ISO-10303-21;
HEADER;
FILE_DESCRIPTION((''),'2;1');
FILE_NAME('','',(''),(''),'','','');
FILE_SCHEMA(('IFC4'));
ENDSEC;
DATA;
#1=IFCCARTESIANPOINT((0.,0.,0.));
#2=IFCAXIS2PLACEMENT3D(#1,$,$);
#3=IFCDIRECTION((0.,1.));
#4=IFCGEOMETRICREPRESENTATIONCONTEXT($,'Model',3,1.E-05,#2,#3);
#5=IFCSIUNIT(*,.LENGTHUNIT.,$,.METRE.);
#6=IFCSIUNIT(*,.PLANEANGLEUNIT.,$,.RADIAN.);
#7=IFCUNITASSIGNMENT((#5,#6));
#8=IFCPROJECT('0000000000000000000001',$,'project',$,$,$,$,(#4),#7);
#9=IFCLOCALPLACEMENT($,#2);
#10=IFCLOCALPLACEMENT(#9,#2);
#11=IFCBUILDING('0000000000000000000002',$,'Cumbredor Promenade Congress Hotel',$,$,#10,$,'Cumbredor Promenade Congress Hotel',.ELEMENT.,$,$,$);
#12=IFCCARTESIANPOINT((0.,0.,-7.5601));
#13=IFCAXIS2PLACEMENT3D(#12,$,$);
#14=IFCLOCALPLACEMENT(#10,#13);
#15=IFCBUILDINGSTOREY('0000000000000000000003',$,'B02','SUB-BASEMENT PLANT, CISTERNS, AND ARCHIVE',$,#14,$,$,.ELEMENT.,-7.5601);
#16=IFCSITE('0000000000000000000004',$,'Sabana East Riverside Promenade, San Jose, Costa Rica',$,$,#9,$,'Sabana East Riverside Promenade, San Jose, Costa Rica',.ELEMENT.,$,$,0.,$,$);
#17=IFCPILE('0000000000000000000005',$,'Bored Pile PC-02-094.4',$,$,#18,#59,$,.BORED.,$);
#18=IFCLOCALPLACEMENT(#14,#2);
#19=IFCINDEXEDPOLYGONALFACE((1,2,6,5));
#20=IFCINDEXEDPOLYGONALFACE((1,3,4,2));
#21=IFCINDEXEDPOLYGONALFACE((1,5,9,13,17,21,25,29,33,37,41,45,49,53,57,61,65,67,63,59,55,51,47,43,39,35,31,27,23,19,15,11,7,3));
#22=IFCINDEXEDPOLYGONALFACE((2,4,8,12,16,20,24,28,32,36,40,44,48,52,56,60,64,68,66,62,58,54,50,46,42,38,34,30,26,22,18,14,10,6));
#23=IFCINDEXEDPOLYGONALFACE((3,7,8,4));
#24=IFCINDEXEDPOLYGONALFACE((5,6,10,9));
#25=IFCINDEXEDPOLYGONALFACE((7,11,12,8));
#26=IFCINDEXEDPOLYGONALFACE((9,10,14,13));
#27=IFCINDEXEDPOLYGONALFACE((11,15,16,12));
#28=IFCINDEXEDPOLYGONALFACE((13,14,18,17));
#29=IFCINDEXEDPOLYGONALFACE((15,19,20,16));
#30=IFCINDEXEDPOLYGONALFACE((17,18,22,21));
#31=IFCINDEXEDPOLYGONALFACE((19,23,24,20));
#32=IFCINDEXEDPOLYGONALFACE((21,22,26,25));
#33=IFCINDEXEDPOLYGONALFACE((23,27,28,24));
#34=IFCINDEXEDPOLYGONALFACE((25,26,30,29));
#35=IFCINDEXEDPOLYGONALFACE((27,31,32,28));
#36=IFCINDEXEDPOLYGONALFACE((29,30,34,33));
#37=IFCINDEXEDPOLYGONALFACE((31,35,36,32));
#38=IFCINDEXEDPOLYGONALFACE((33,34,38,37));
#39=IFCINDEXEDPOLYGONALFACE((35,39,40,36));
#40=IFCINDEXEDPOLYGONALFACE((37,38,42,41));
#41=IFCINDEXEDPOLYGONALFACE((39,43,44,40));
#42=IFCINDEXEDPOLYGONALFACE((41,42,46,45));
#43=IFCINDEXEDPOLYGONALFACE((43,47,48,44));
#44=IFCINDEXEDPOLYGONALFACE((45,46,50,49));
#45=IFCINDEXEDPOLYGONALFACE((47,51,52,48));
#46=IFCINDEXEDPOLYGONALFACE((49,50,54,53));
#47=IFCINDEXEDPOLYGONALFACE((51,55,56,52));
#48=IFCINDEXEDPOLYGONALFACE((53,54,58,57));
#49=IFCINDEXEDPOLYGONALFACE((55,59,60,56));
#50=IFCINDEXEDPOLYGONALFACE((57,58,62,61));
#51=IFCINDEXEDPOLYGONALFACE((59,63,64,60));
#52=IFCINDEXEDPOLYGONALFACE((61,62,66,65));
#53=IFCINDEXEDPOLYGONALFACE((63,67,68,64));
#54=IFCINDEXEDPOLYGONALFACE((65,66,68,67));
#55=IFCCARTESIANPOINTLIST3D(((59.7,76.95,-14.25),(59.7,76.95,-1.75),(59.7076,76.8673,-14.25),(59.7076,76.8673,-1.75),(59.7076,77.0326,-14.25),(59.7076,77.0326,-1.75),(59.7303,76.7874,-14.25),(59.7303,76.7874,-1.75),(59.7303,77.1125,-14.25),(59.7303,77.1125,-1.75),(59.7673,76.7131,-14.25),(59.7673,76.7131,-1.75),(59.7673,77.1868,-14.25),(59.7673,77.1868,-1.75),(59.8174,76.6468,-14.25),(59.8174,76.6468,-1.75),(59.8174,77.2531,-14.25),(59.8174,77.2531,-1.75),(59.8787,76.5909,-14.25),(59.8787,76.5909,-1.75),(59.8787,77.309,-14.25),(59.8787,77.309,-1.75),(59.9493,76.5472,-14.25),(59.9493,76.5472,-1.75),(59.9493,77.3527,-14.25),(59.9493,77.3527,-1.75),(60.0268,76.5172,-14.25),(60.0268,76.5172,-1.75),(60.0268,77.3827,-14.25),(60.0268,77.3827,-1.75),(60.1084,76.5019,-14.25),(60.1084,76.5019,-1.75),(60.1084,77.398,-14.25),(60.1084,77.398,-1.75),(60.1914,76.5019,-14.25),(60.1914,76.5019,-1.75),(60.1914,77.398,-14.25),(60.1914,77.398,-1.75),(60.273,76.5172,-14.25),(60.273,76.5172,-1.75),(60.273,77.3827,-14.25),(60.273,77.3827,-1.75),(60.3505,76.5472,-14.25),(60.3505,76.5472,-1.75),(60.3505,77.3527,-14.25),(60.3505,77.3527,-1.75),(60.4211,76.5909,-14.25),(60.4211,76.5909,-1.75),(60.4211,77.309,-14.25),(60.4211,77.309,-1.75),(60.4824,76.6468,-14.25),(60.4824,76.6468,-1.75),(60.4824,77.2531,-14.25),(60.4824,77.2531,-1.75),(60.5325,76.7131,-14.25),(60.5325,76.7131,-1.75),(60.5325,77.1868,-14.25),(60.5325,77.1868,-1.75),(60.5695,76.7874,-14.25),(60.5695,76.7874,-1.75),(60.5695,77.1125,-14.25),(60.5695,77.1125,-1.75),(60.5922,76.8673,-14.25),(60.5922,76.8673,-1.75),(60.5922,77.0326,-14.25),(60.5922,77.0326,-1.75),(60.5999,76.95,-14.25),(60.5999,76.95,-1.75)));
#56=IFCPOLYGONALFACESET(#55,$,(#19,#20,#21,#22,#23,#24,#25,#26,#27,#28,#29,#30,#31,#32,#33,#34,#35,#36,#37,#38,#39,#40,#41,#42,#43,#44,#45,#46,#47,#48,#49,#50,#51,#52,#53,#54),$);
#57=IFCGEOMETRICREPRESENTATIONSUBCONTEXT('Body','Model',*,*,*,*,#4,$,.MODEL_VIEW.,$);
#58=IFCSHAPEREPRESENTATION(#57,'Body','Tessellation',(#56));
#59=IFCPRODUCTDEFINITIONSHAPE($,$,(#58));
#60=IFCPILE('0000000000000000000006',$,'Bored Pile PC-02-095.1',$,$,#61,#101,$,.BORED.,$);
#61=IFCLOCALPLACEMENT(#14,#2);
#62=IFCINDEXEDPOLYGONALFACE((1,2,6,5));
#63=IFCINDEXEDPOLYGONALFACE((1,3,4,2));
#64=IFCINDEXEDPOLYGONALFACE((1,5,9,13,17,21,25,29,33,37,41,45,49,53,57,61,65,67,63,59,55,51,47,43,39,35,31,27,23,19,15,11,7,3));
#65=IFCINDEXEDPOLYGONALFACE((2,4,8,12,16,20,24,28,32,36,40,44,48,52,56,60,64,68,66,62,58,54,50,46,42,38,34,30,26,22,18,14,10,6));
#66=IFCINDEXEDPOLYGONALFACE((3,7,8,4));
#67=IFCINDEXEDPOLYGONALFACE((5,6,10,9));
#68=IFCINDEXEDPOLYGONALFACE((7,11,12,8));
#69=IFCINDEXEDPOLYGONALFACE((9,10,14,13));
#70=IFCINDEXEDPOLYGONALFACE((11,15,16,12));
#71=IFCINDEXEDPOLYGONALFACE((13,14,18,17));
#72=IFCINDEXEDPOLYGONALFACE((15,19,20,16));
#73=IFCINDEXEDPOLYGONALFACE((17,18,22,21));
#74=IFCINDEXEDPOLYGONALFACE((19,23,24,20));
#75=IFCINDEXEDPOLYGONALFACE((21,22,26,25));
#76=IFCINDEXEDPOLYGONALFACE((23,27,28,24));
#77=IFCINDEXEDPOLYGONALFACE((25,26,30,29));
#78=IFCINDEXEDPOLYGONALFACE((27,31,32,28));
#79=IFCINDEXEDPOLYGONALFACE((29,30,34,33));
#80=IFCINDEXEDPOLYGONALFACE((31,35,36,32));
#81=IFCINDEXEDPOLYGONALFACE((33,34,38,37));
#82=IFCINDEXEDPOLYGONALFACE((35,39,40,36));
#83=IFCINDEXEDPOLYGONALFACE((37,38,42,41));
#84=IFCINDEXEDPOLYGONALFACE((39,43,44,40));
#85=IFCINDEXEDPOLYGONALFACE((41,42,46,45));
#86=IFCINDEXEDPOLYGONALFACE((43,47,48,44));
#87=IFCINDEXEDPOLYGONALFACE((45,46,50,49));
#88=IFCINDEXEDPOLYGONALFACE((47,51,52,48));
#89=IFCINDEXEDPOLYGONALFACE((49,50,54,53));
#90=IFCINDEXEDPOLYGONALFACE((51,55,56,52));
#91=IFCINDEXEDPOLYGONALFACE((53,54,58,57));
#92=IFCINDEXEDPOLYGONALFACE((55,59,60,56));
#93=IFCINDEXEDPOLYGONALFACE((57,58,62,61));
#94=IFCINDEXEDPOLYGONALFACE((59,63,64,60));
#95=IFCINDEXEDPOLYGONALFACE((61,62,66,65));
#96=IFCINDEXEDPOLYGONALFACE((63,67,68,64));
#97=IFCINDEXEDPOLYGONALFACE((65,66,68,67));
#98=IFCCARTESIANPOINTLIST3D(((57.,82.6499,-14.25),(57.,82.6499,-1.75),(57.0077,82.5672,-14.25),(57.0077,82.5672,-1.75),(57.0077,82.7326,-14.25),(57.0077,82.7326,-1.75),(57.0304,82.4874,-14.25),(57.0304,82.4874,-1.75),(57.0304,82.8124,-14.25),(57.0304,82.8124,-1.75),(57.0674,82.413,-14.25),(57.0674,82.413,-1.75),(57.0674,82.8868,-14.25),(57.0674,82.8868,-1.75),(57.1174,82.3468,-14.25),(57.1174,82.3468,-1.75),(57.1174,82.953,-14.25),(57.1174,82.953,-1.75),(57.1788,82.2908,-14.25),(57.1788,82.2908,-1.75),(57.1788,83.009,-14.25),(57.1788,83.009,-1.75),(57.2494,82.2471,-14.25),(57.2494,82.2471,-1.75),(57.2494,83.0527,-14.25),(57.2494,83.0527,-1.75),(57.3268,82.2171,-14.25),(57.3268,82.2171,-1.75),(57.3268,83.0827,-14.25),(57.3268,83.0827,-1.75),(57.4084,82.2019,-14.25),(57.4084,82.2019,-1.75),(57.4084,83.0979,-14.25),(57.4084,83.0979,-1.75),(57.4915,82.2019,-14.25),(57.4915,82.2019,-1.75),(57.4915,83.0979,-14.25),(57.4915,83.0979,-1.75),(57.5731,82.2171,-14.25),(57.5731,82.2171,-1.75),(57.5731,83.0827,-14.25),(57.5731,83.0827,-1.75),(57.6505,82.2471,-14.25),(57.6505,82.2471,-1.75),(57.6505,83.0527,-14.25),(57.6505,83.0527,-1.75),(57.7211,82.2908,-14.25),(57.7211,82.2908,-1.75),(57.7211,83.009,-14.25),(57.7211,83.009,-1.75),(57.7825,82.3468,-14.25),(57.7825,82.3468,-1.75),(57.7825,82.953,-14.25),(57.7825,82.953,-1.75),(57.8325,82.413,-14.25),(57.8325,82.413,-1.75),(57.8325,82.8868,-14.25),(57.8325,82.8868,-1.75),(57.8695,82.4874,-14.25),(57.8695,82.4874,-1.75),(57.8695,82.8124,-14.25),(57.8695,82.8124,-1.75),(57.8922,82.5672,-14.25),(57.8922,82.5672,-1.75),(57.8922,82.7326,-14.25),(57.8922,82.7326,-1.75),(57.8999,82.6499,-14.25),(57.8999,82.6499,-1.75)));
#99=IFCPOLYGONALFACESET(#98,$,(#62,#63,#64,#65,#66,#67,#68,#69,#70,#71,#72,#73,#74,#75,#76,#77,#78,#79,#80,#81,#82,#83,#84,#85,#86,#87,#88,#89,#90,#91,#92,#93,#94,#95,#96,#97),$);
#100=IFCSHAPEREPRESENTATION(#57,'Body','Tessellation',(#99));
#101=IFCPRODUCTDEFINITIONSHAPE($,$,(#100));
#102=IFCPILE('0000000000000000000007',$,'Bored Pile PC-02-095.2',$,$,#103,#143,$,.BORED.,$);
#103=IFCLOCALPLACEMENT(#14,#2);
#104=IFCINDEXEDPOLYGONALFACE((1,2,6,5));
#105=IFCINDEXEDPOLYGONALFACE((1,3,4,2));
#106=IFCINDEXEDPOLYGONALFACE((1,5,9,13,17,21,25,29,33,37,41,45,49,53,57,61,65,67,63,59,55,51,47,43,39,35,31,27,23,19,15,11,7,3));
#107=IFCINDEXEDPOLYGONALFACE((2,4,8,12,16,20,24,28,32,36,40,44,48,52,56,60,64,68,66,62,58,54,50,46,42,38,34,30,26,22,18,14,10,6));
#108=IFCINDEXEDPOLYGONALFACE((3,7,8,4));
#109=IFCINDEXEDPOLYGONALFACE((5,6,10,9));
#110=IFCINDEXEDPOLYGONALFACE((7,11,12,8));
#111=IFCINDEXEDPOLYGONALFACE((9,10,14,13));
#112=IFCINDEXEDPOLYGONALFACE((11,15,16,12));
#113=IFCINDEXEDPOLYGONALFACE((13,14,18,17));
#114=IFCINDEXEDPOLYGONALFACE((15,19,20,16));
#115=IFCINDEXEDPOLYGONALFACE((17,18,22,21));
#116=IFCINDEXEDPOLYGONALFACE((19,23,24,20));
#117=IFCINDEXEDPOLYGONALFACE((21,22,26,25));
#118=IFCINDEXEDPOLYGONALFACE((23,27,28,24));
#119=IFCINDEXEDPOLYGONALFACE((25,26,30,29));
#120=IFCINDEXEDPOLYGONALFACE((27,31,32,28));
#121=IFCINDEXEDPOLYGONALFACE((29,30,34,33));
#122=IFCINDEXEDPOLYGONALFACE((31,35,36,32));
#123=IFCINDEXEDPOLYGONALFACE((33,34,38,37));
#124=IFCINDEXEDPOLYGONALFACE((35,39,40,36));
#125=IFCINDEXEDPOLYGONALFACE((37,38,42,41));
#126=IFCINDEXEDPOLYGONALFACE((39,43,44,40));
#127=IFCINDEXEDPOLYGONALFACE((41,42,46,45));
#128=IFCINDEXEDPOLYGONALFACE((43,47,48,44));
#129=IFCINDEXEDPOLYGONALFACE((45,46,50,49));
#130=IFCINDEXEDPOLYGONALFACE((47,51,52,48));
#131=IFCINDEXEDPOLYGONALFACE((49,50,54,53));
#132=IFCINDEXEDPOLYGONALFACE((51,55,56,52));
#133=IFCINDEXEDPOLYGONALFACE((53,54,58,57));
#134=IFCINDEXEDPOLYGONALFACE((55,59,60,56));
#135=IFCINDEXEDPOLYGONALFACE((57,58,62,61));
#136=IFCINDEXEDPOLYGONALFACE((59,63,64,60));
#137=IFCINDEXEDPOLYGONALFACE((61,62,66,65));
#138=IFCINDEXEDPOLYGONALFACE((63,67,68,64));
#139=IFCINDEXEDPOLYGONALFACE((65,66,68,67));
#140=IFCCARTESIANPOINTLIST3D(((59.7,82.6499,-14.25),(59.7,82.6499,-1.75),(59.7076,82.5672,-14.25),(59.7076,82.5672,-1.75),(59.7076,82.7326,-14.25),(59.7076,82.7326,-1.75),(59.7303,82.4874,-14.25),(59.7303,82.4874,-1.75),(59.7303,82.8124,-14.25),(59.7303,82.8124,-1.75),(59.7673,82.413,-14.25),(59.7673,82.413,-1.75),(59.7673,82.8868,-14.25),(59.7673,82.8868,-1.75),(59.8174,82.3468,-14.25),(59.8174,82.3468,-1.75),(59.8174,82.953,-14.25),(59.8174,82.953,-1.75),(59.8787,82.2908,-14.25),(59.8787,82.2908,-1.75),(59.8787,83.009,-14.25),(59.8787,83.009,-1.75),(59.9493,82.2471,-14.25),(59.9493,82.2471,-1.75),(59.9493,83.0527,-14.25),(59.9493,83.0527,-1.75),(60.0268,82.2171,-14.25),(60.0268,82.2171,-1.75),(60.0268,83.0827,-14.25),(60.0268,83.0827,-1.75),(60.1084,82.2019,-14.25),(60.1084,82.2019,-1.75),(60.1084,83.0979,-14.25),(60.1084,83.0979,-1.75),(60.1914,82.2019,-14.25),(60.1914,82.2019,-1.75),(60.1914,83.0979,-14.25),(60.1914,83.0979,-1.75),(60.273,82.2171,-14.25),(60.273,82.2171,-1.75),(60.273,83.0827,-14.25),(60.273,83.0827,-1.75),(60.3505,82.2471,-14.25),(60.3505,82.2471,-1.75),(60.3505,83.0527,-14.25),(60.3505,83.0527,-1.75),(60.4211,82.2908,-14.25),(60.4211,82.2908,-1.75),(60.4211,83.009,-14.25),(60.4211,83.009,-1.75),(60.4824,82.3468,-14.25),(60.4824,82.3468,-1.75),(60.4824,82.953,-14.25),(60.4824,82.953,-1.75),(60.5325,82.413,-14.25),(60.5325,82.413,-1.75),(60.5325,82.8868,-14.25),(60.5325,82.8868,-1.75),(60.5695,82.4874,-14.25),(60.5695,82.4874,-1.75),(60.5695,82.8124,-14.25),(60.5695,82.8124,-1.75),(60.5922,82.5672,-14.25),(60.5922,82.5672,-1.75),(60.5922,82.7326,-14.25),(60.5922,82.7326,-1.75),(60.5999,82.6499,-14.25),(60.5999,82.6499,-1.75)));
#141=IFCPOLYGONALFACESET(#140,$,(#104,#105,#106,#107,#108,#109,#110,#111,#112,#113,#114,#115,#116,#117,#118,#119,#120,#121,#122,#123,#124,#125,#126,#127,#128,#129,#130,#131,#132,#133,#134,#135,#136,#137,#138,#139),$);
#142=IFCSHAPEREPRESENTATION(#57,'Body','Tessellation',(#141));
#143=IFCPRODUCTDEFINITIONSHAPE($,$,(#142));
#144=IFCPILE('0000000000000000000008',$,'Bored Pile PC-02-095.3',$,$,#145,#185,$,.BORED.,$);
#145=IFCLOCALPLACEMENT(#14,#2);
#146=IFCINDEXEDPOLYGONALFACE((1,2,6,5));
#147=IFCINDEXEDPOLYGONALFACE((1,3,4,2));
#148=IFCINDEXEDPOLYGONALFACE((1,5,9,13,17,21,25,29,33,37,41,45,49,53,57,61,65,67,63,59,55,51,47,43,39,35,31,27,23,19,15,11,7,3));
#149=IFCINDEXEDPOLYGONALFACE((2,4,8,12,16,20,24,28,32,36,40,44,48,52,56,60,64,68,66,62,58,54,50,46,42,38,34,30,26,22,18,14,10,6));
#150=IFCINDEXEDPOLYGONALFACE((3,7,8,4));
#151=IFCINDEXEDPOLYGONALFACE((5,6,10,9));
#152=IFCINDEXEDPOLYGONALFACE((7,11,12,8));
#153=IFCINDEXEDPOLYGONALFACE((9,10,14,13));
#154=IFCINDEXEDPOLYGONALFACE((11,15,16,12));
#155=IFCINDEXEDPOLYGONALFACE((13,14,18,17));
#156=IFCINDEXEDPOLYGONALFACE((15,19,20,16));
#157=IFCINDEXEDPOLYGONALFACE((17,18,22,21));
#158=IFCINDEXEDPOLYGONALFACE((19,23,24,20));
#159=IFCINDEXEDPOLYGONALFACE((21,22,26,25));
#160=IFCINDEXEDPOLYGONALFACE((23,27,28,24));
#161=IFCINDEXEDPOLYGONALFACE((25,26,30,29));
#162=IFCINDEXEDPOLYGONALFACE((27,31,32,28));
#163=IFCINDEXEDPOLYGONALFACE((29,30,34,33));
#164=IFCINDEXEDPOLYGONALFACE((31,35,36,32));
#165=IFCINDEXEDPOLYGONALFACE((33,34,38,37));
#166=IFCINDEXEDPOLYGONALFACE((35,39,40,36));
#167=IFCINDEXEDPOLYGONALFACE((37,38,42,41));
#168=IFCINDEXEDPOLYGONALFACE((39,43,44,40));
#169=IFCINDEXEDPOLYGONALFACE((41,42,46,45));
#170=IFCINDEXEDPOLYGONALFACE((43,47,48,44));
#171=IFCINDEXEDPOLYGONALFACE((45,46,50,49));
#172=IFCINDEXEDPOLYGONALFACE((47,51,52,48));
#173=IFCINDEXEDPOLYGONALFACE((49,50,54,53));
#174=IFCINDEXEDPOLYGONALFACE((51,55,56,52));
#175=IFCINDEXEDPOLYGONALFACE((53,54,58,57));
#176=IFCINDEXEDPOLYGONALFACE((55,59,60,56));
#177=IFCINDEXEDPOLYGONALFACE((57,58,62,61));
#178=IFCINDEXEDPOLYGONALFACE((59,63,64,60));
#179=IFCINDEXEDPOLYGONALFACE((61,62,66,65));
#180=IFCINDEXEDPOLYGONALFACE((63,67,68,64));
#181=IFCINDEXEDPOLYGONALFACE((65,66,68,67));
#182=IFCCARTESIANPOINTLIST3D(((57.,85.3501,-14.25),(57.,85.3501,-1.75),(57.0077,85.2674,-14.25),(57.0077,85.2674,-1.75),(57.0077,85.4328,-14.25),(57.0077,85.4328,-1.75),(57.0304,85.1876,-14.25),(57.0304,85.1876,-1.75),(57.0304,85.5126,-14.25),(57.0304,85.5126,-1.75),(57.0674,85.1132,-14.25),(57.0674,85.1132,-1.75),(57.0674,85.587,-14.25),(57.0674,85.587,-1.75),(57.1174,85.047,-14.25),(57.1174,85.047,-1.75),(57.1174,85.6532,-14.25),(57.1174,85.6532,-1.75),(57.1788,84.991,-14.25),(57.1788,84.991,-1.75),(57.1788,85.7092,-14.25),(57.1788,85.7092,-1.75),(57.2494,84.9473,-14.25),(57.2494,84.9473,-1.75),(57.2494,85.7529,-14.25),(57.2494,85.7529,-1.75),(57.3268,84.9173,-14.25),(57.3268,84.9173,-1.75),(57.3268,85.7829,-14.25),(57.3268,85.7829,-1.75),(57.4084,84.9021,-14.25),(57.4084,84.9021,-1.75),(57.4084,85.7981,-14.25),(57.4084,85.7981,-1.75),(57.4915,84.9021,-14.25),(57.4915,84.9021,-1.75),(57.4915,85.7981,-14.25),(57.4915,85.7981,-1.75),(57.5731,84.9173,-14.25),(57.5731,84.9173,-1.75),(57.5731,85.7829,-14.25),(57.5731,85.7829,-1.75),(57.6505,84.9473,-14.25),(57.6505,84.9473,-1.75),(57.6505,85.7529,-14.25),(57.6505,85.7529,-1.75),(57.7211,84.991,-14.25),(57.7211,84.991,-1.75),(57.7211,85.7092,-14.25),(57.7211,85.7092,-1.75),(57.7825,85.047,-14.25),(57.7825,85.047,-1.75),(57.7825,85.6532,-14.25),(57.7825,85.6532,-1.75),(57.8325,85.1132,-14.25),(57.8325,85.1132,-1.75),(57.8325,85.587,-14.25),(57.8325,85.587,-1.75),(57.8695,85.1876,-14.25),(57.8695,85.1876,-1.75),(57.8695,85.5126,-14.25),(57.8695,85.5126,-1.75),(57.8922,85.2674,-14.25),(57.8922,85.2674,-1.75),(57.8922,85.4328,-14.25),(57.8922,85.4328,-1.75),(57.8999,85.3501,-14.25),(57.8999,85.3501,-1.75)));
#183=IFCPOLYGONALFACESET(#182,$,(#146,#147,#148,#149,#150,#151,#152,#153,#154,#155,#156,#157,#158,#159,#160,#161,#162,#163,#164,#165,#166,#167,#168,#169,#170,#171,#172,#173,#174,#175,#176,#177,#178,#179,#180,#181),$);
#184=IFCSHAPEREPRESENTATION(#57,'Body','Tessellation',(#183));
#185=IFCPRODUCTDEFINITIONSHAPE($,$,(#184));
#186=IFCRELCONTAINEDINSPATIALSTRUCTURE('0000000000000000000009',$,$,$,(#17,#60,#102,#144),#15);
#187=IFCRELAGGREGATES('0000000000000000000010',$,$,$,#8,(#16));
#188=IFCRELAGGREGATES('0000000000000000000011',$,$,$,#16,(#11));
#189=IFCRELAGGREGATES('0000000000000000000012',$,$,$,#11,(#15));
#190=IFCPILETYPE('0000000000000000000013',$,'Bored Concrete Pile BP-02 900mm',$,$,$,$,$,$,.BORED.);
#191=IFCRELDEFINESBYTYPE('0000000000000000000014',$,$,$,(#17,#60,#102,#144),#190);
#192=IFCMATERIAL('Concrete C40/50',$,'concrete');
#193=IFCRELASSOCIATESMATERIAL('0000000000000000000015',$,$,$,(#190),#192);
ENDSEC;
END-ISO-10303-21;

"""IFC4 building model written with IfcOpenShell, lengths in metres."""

from ifc_helpers import new_model, si_unit, direction, frame, origin, origin_2d, place, context, subcontext, project, spatial, circle, extrude, material, material_profile, profile_set, type_object, element, save


model = new_model("IFC4")

# Units and contexts
model_context = context("Model", 3, precision=1e-05, world=origin(), true_north=direction((0.0, 1.0)))
body_context = subcontext(model_context, "Body", "Model", "MODEL_VIEW")
ifc_project = project(units=[si_unit("LENGTHUNIT", "METRE"), si_unit("PLANEANGLEUNIT", "RADIAN")], contexts=[model_context])

# Site, building, storey
site_placement = place(None, origin())
site = spatial("IfcSite", under=ifc_project, at=site_placement, Name="Sabana East Riverside Promenade, San Jose, Costa Rica", LongName="Sabana East Riverside Promenade, San Jose, Costa Rica", CompositionType="ELEMENT", RefElevation=0.0)
building_placement = place(site_placement, origin())
building = spatial("IfcBuilding", under=site, at=building_placement, Name="Cumbredor Promenade Congress Hotel", LongName="Cumbredor Promenade Congress Hotel", CompositionType="ELEMENT")
storey_placement = place(building_placement, frame((0.0, 0.0, -7.5601)))
storey = spatial("IfcBuildingStorey", under=building, at=storey_placement, Name="B02", Description="SUB-BASEMENT PLANT, CISTERNS, AND ARCHIVE", CompositionType="ELEMENT", Elevation=-7.5601)

# Piles
ifc_material_1 = material(Name="Concrete C40/50", Category="concrete")
ifc_material_profile_1 = material_profile(ifc_material_1, circle(Radius=0.45, at=origin_2d()), Name="PILE D900")
ifc_profile_set_1 = profile_set([ifc_material_profile_1], Name="Concrete C40/50")
pile_type = type_object("IfcPileType", Name="Bored Concrete Pile BP-02 900mm", PredefinedType="BORED", material=ifc_profile_set_1)
for number, where, z_axis, x_axis, name in (
    (1, (60.1499, 76.95, -1.75), (0.0, 0.0, -1.0), (1.0, 0.0, 0.0), "Bored Pile PC-02-094.4"),
    (2, (57.45, 82.6499, -1.75), (0.0, 0.0, -1.0), (1.0, 0.0, 0.0), "Bored Pile PC-02-095.1"),
    (3, (60.1499, 82.6499, -1.75), (0.0, 0.0, -1.0), (1.0, 0.0, 0.0), "Bored Pile PC-02-095.2"),
    (4, (57.45, 85.3501, -1.75), (0.0, 0.0, -1.0), (1.0, 0.0, 0.0), "Bored Pile PC-02-095.3"),
):
    element("IfcPile", number, at=place(storey_placement, frame(where, z_axis=z_axis, x_axis=x_axis)), inside=storey, type_object=pile_type, Name=name, PredefinedType="BORED", context=body_context, shape_type="SweptSolid", body=[
        extrude(circle(Radius=0.45, at=origin_2d()), origin(), (0.0, 0.0, 1.0), 12.5),
    ])

save(model, "model.ifc")
